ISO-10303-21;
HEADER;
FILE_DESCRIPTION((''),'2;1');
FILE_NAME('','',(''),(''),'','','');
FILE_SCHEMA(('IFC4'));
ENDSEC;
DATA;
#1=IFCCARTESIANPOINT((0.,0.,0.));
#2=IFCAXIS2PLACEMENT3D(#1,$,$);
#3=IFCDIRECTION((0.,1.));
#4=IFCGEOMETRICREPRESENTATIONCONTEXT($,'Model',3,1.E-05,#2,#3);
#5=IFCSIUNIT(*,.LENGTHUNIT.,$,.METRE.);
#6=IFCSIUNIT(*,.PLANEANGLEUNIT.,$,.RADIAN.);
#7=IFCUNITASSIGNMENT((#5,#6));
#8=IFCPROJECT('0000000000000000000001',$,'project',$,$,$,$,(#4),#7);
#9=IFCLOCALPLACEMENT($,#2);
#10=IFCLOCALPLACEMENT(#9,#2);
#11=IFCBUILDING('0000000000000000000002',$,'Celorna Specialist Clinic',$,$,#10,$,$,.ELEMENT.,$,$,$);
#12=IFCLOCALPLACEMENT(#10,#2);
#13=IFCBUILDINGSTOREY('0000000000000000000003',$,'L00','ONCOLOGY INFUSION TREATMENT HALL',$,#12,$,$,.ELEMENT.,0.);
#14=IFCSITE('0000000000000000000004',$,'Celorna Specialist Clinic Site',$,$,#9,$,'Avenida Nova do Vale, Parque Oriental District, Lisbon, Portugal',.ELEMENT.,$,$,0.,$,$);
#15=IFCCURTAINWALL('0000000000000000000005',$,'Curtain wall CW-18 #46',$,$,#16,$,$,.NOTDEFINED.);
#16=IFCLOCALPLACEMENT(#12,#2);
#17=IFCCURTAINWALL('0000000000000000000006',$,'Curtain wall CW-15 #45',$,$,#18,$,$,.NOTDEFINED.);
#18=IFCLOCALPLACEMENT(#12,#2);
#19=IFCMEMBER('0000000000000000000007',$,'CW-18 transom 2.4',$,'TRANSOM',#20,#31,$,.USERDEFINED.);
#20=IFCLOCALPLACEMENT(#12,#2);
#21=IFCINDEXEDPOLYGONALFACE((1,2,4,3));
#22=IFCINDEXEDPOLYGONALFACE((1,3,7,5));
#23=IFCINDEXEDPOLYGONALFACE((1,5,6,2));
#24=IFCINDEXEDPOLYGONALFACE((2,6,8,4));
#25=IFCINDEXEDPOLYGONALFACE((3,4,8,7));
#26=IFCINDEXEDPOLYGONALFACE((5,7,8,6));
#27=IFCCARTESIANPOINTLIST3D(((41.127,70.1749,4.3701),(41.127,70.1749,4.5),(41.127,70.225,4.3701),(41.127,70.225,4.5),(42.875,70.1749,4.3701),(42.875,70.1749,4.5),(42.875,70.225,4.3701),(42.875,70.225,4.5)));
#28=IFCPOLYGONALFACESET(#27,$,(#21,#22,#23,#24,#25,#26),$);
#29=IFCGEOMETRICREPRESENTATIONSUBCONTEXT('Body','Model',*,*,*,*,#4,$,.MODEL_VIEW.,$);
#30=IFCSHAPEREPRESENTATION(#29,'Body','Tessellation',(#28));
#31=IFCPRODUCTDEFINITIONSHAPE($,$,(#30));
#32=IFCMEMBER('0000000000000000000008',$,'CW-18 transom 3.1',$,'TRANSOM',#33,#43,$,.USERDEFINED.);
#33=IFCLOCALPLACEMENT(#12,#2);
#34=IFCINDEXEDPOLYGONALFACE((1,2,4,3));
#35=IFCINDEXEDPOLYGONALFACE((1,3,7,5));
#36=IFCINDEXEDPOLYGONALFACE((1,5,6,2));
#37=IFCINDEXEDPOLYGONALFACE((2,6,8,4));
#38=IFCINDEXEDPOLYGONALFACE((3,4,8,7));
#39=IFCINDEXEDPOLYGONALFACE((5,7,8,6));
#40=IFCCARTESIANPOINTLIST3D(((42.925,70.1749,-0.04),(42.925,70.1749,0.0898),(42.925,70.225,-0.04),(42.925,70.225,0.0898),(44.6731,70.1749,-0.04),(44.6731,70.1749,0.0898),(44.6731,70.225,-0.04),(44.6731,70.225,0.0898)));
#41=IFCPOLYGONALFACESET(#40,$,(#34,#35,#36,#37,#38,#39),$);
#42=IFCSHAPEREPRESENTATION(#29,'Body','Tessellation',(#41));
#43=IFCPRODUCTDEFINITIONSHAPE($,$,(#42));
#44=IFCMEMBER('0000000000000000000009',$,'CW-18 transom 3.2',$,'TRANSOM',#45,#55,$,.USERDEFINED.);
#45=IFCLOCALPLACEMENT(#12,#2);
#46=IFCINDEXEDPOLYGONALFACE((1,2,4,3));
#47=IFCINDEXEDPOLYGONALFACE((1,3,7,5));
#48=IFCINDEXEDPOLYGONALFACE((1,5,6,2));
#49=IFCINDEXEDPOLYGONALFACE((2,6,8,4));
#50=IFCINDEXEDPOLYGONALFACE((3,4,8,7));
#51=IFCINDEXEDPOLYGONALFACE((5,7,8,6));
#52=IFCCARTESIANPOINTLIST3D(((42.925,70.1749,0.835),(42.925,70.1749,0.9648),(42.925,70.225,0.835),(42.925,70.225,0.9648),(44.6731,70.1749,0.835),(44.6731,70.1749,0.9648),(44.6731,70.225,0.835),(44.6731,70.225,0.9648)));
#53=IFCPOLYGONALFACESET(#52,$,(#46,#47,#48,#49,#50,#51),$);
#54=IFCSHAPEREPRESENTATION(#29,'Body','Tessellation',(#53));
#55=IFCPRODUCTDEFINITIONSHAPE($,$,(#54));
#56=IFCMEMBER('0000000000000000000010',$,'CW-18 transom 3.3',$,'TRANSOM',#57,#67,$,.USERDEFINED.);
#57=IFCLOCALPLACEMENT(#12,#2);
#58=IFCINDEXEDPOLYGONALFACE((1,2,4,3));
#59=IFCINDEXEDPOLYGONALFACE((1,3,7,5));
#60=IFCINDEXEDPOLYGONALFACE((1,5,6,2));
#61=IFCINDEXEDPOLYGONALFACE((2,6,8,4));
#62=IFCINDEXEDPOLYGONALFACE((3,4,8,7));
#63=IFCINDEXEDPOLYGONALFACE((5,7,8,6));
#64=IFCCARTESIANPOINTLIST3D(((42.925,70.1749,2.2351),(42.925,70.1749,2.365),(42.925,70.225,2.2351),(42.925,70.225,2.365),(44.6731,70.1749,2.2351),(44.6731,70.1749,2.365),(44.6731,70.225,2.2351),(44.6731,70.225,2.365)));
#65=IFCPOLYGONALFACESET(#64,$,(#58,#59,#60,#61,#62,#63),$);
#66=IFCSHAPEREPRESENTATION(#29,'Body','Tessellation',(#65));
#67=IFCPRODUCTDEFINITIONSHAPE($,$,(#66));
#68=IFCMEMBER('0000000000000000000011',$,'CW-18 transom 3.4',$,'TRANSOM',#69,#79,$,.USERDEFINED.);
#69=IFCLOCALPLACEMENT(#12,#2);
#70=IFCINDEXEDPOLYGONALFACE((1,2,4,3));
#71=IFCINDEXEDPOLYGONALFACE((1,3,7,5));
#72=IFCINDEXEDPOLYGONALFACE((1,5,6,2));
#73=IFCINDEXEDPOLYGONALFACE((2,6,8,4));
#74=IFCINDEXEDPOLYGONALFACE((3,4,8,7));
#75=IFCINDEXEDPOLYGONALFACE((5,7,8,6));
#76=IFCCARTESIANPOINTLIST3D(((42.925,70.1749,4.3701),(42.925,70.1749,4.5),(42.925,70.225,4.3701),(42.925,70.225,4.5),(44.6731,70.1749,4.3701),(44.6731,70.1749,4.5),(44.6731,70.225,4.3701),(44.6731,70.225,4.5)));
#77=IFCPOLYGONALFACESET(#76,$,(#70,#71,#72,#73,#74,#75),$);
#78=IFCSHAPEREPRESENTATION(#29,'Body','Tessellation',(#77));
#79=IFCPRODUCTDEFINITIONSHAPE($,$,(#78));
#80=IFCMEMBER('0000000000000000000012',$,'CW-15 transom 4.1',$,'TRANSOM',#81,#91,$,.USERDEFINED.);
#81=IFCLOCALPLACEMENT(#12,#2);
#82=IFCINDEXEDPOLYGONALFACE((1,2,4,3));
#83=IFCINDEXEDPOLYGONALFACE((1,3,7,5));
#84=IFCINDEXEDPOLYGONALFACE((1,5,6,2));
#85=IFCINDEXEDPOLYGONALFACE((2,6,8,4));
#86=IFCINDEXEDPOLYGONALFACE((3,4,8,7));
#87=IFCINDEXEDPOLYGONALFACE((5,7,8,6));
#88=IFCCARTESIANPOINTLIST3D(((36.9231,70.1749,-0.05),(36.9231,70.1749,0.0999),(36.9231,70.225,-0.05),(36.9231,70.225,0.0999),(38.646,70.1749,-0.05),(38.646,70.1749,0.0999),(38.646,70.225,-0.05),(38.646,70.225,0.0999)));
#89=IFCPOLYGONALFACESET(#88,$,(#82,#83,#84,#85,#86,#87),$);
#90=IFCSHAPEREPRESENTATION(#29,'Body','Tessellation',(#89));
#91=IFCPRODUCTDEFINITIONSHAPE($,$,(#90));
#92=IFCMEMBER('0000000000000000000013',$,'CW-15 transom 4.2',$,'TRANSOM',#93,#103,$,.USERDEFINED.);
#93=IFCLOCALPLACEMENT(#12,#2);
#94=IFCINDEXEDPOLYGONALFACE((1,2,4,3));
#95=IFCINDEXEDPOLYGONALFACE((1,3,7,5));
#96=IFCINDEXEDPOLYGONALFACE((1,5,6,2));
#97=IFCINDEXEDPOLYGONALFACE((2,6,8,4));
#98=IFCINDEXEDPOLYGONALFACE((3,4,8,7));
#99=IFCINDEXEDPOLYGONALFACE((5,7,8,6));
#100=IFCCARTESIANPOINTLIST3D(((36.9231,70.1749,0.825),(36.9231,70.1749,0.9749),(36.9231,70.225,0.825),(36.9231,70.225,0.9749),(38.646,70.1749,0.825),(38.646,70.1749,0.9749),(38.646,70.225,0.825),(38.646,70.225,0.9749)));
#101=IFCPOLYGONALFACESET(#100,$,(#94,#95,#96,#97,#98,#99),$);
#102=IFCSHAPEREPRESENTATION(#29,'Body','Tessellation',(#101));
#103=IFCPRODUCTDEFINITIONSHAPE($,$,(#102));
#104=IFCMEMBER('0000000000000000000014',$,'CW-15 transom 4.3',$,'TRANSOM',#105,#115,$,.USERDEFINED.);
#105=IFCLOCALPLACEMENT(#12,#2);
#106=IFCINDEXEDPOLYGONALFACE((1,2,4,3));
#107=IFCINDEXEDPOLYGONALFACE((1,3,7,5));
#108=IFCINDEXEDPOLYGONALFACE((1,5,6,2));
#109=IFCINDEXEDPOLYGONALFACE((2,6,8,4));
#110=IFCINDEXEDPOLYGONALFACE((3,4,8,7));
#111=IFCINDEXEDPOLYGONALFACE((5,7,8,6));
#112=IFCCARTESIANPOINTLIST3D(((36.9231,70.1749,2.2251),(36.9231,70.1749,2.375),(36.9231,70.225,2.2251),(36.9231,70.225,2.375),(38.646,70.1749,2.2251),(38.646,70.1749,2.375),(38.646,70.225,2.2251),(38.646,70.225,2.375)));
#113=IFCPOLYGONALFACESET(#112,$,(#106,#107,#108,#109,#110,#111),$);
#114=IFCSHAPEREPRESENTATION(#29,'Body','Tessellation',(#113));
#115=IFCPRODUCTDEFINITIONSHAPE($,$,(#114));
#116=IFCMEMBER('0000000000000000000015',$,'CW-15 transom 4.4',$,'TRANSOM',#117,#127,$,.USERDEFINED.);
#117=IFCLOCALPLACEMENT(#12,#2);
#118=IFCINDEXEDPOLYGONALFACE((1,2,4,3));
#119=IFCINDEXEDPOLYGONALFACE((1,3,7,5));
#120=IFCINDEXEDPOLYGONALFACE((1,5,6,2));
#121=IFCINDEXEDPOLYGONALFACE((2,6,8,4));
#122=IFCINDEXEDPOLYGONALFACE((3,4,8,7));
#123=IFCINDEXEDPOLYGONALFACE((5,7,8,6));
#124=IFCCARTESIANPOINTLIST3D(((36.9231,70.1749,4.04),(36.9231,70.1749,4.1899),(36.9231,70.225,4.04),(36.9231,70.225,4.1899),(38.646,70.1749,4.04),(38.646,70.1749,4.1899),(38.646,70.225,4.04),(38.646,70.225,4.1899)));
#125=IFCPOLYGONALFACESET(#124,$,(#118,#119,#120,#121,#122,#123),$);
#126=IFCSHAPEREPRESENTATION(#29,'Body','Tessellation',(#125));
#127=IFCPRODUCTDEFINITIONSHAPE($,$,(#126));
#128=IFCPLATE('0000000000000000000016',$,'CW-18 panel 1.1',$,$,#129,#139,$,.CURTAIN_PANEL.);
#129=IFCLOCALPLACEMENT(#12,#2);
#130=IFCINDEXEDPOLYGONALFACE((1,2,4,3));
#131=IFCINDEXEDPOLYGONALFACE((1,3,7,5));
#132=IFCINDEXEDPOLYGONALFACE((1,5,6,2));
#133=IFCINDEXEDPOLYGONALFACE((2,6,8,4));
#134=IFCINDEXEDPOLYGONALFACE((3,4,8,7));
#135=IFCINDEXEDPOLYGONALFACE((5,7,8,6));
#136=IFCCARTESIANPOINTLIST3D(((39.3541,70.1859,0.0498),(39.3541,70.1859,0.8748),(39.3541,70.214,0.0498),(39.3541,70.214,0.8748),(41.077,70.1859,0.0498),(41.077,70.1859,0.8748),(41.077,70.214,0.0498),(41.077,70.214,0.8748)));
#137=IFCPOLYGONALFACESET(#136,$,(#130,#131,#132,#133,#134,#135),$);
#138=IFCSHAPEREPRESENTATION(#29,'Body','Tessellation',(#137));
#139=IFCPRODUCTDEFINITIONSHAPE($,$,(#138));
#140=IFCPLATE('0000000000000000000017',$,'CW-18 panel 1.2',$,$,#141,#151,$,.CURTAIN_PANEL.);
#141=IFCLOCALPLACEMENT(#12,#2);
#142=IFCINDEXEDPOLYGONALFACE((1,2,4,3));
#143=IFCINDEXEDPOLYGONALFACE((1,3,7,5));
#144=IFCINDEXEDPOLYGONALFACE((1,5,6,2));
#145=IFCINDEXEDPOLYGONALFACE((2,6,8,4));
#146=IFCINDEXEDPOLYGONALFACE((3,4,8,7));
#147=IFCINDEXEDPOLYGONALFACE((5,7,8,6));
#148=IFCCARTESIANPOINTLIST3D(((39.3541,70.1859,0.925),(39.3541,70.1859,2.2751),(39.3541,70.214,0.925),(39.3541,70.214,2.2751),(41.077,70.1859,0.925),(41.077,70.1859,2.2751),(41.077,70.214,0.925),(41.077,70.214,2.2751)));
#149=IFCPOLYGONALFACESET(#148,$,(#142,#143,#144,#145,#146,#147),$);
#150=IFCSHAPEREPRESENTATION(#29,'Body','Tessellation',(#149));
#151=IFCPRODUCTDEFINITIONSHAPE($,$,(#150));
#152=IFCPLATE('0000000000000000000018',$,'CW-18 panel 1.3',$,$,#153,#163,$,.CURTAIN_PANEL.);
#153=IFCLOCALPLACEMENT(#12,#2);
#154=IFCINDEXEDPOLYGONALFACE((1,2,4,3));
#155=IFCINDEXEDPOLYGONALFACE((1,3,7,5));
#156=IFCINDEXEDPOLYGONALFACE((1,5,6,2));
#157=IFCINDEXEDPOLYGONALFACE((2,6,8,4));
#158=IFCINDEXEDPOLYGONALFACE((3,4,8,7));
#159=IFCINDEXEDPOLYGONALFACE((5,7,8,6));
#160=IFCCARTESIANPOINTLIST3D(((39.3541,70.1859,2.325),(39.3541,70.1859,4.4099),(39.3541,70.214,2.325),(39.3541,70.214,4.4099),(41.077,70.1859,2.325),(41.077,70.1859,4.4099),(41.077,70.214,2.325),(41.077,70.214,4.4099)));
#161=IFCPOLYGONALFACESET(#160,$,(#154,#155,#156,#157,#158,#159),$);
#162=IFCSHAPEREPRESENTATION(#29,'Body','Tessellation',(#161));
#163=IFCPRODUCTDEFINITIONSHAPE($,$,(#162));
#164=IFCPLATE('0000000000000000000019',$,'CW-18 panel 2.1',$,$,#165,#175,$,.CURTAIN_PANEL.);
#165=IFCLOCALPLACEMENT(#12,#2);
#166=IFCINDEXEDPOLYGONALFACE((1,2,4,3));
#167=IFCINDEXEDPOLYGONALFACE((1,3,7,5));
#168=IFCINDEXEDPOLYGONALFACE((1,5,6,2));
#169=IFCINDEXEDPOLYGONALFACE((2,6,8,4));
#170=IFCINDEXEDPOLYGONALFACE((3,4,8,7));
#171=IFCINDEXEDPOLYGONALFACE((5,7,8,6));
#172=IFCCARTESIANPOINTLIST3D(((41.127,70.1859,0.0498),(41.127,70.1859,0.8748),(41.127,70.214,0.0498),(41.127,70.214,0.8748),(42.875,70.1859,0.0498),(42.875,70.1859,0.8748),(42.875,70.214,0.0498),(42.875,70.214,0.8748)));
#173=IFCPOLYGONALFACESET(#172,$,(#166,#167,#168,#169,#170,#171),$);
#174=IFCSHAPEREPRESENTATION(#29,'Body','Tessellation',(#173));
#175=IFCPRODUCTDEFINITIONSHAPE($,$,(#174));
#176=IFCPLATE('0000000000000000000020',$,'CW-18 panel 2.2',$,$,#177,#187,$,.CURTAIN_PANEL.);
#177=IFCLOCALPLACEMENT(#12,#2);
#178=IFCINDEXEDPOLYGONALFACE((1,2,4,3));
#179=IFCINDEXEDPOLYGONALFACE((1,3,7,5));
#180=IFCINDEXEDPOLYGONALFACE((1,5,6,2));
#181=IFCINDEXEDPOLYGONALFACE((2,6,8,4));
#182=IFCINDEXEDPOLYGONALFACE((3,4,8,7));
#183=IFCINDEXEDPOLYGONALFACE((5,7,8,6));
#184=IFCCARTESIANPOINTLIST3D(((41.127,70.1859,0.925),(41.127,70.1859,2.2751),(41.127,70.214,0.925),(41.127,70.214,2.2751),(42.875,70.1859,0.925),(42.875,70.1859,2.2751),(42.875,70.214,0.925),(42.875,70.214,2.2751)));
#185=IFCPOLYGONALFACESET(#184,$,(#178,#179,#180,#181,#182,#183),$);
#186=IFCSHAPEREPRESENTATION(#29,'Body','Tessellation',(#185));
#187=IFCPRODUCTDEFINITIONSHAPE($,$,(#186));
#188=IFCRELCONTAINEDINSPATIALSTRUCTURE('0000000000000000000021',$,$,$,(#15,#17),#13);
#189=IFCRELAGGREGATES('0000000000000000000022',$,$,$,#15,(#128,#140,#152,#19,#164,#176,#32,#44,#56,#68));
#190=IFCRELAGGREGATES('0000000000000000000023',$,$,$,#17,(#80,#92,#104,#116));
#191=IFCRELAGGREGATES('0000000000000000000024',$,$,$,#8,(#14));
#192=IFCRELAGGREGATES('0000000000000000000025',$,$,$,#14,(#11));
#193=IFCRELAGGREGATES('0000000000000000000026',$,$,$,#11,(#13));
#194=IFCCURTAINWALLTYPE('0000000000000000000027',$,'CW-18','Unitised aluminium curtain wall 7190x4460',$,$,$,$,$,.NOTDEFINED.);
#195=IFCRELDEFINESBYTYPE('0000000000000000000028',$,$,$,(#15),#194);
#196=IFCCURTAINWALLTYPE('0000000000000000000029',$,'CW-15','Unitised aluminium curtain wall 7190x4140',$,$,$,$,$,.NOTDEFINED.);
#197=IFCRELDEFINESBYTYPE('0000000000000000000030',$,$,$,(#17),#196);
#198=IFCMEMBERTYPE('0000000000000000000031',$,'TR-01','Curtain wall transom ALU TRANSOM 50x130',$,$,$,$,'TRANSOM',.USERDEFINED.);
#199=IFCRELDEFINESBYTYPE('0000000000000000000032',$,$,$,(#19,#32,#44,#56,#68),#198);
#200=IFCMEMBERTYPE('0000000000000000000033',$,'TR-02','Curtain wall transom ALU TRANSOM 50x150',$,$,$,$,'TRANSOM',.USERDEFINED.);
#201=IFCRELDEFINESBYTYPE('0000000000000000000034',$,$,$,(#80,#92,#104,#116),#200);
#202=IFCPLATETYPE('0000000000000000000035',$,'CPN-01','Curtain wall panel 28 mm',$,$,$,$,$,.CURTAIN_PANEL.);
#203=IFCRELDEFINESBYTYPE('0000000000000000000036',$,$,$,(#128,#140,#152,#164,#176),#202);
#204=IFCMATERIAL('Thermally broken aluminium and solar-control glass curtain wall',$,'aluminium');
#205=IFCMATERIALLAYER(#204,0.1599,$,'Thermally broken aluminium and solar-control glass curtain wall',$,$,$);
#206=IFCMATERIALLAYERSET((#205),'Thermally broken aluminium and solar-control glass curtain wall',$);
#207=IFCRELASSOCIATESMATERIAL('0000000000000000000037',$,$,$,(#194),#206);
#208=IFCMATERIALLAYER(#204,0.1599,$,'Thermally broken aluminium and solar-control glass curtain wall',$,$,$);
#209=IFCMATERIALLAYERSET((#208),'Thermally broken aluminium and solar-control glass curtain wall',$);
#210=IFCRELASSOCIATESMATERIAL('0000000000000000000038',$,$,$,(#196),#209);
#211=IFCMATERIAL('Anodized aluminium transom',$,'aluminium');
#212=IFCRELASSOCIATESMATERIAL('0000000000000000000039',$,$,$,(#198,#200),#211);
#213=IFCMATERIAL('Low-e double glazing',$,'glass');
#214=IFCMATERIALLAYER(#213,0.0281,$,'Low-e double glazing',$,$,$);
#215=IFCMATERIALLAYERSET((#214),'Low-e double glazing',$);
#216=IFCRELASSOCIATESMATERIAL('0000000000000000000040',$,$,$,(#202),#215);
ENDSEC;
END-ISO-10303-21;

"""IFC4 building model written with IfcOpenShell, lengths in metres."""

from ifc_helpers import new_model, si_unit, direction, frame, origin, origin_2d, place, context, subcontext, project, spatial, rectangle, extrude, material, layer, layer_set, material_profile, profile_set, type_object, element, aggregate, save


model = new_model("IFC4")

# Units and contexts
model_context = context("Model", 3, precision=1e-05, world=origin(), true_north=direction((0.0, 1.0)))
body_context = subcontext(model_context, "Body", "Model", "MODEL_VIEW")
ifc_project = project(units=[si_unit("LENGTHUNIT", "METRE"), si_unit("PLANEANGLEUNIT", "RADIAN")], contexts=[model_context])

# Site, building, storey
site_placement = place(None, origin())
site = spatial("IfcSite", under=ifc_project, at=site_placement, Name="Celorna Specialist Clinic Site", LongName="Avenida Nova do Vale, Parque Oriental District, Lisbon, Portugal", CompositionType="ELEMENT", RefElevation=0.0)
building_placement = place(site_placement, origin())
building = spatial("IfcBuilding", under=site, at=building_placement, Name="Celorna Specialist Clinic", CompositionType="ELEMENT")
storey_placement = place(building_placement, origin())
storey = spatial("IfcBuildingStorey", under=building, at=storey_placement, Name="L00", Description="ONCOLOGY INFUSION TREATMENT HALL", CompositionType="ELEMENT", Elevation=0.0)

# Curtain walls
ifc_material_1 = material(Name="Thermally broken aluminium and solar-control glass curtain wall", Category="aluminium")
ifc_layer_1 = layer(ifc_material_1, 0.1599, Name="Thermally broken aluminium and solar-control glass curtain wall")
ifc_layer_set_1 = layer_set([ifc_layer_1], Name="Thermally broken aluminium and solar-control glass curtain wall")
curtain_wall_type_1 = type_object("IfcCurtainWallType", Name="CW-18", Description="Unitised aluminium curtain wall 7190x4460", PredefinedType="NOTDEFINED", material=ifc_layer_set_1)
curtain_wall_1_placement = place(storey_placement, origin())
curtain_wall_1 = element("IfcCurtainWall", 1, at=curtain_wall_1_placement, inside=storey, type_object=curtain_wall_type_1, Name="Curtain wall CW-18 #46", PredefinedType="NOTDEFINED")
ifc_layer_2 = layer(ifc_material_1, 0.1599, Name="Thermally broken aluminium and solar-control glass curtain wall")
ifc_layer_set_2 = layer_set([ifc_layer_2], Name="Thermally broken aluminium and solar-control glass curtain wall")
curtain_wall_type_2 = type_object("IfcCurtainWallType", Name="CW-15", Description="Unitised aluminium curtain wall 7190x4140", PredefinedType="NOTDEFINED", material=ifc_layer_set_2)
curtain_wall_2_placement = place(storey_placement, origin())
curtain_wall_2 = element("IfcCurtainWall", 2, at=curtain_wall_2_placement, inside=storey, type_object=curtain_wall_type_2, Name="Curtain wall CW-15 #45", PredefinedType="NOTDEFINED")

# Members
ifc_material_2 = material(Name="Anodized aluminium transom", Category="aluminium")
ifc_material_profile_1 = material_profile(ifc_material_2, rectangle(XDim=0.05, YDim=0.1299, at=origin_2d()), Name="ALU TRANSOM 50x130")
ifc_profile_set_1 = profile_set([ifc_material_profile_1], Name="Anodized aluminium transom")
member_type_1 = type_object("IfcMemberType", Name="TR-01", Description="Curtain wall transom ALU TRANSOM 50x130", ElementType="TRANSOM", PredefinedType="USERDEFINED", material=ifc_profile_set_1)
member_1_placement = place(storey_placement, frame((41.127, 70.2, 4.4351), z_axis=(1.0, 0.0, 0.0), x_axis=(0.0, 1.0, 0.0)))
member_1 = element("IfcMember", 3, at=member_1_placement, type_object=member_type_1, Name="CW-18 transom 2.4", ObjectType="TRANSOM", PredefinedType="USERDEFINED", context=body_context, shape_type="SweptSolid", body=[
    extrude(rectangle(XDim=0.05, YDim=0.1299, at=origin_2d()), origin(), (0.0, 0.0, 1.0), 1.748),
])
member_2_placement = place(storey_placement, frame((42.925, 70.2, 0.0249), z_axis=(1.0, 0.0, 0.0), x_axis=(0.0, 1.0, 0.0)))
member_2 = element("IfcMember", 4, at=member_2_placement, type_object=member_type_1, Name="CW-18 transom 3.1", ObjectType="TRANSOM", PredefinedType="USERDEFINED", context=body_context, shape_type="SweptSolid", body=[
    extrude(rectangle(XDim=0.05, YDim=0.1299, at=origin_2d()), origin(), (0.0, 0.0, 1.0), 1.748),
])
member_3_placement = place(storey_placement, frame((42.925, 70.2, 0.8999), z_axis=(1.0, 0.0, 0.0), x_axis=(0.0, 1.0, 0.0)))
member_3 = element("IfcMember", 5, at=member_3_placement, type_object=member_type_1, Name="CW-18 transom 3.2", ObjectType="TRANSOM", PredefinedType="USERDEFINED", context=body_context, shape_type="SweptSolid", body=[
    extrude(rectangle(XDim=0.05, YDim=0.1299, at=origin_2d()), origin(), (0.0, 0.0, 1.0), 1.748),
])
member_4_placement = place(storey_placement, frame((42.925, 70.2, 2.3), z_axis=(1.0, 0.0, 0.0), x_axis=(0.0, 1.0, 0.0)))
member_4 = element("IfcMember", 6, at=member_4_placement, type_object=member_type_1, Name="CW-18 transom 3.3", ObjectType="TRANSOM", PredefinedType="USERDEFINED", context=body_context, shape_type="SweptSolid", body=[
    extrude(rectangle(XDim=0.05, YDim=0.1299, at=origin_2d()), origin(), (0.0, 0.0, 1.0), 1.748),
])
member_5_placement = place(storey_placement, frame((42.925, 70.2, 4.4351), z_axis=(1.0, 0.0, 0.0), x_axis=(0.0, 1.0, 0.0)))
member_5 = element("IfcMember", 7, at=member_5_placement, type_object=member_type_1, Name="CW-18 transom 3.4", ObjectType="TRANSOM", PredefinedType="USERDEFINED", context=body_context, shape_type="SweptSolid", body=[
    extrude(rectangle(XDim=0.05, YDim=0.1299, at=origin_2d()), origin(), (0.0, 0.0, 1.0), 1.748),
])
ifc_material_profile_2 = material_profile(ifc_material_2, rectangle(XDim=0.05, YDim=0.1499, at=origin_2d()), Name="ALU TRANSOM 50x150")
ifc_profile_set_2 = profile_set([ifc_material_profile_2], Name="Anodized aluminium transom")
member_type_2 = type_object("IfcMemberType", Name="TR-02", Description="Curtain wall transom ALU TRANSOM 50x150", ElementType="TRANSOM", PredefinedType="USERDEFINED", material=ifc_profile_set_2)
member_6_placement = place(storey_placement, frame((36.9231, 70.2, 0.0249), z_axis=(1.0, 0.0, 0.0), x_axis=(0.0, 1.0, 0.0)))
member_6 = element("IfcMember", 8, at=member_6_placement, type_object=member_type_2, Name="CW-15 transom 4.1", ObjectType="TRANSOM", PredefinedType="USERDEFINED", context=body_context, shape_type="SweptSolid", body=[
    extrude(rectangle(XDim=0.05, YDim=0.1499, at=origin_2d()), origin(), (0.0, 0.0, 1.0), 1.7229),
])
member_7_placement = place(storey_placement, frame((36.9231, 70.2, 0.8999), z_axis=(1.0, 0.0, 0.0), x_axis=(0.0, 1.0, 0.0)))
member_7 = element("IfcMember", 9, at=member_7_placement, type_object=member_type_2, Name="CW-15 transom 4.2", ObjectType="TRANSOM", PredefinedType="USERDEFINED", context=body_context, shape_type="SweptSolid", body=[
    extrude(rectangle(XDim=0.05, YDim=0.1499, at=origin_2d()), origin(), (0.0, 0.0, 1.0), 1.7229),
])
member_8_placement = place(storey_placement, frame((36.9231, 70.2, 2.3), z_axis=(1.0, 0.0, 0.0), x_axis=(0.0, 1.0, 0.0)))
member_8 = element("IfcMember", 10, at=member_8_placement, type_object=member_type_2, Name="CW-15 transom 4.3", ObjectType="TRANSOM", PredefinedType="USERDEFINED", context=body_context, shape_type="SweptSolid", body=[
    extrude(rectangle(XDim=0.05, YDim=0.1499, at=origin_2d()), origin(), (0.0, 0.0, 1.0), 1.7229),
])
member_9_placement = place(storey_placement, frame((36.9231, 70.2, 4.115), z_axis=(1.0, 0.0, 0.0), x_axis=(0.0, 1.0, 0.0)))
member_9 = element("IfcMember", 11, at=member_9_placement, type_object=member_type_2, Name="CW-15 transom 4.4", ObjectType="TRANSOM", PredefinedType="USERDEFINED", context=body_context, shape_type="SweptSolid", body=[
    extrude(rectangle(XDim=0.05, YDim=0.1499, at=origin_2d()), origin(), (0.0, 0.0, 1.0), 1.7229),
])

# Plates
ifc_material_3 = material(Name="Low-e double glazing", Category="glass")
ifc_layer_3 = layer(ifc_material_3, 0.0281, Name="Low-e double glazing")
ifc_layer_set_3 = layer_set([ifc_layer_3], Name="Low-e double glazing")
plate_type_1 = type_object("IfcPlateType", Name="CPN-01", Description="Curtain wall panel 28 mm", PredefinedType="CURTAIN_PANEL", material=ifc_layer_set_3)
plate_1_placement = place(storey_placement, frame((40.2156, 70.2, 0.0498), z_axis=(0.0, 0.0, 1.0), x_axis=(1.0, 0.0, 0.0)))
plate_1 = element("IfcPlate", 12, at=plate_1_placement, type_object=plate_type_1, Name="CW-18 panel 1.1", PredefinedType="CURTAIN_PANEL", context=body_context, shape_type="SweptSolid", body=[
    extrude(rectangle(XDim=1.7229, YDim=0.0281, at=origin_2d()), origin(), (0.0, 0.0, 1.0), 0.825),
])
plate_2_placement = place(storey_placement, frame((40.2156, 70.2, 0.925), z_axis=(0.0, 0.0, 1.0), x_axis=(1.0, 0.0, 0.0)))
plate_2 = element("IfcPlate", 13, at=plate_2_placement, type_object=plate_type_1, Name="CW-18 panel 1.2", PredefinedType="CURTAIN_PANEL", context=body_context, shape_type="SweptSolid", body=[
    extrude(rectangle(XDim=1.7229, YDim=0.0281, at=origin_2d()), origin(), (0.0, 0.0, 1.0), 1.3501),
])
plate_3_placement = place(storey_placement, frame((40.2156, 70.2, 2.325), z_axis=(0.0, 0.0, 1.0), x_axis=(1.0, 0.0, 0.0)))
plate_3 = element("IfcPlate", 14, at=plate_3_placement, type_object=plate_type_1, Name="CW-18 panel 1.3", PredefinedType="CURTAIN_PANEL", context=body_context, shape_type="SweptSolid", body=[
    extrude(rectangle(XDim=1.7229, YDim=0.0281, at=origin_2d()), origin(), (0.0, 0.0, 1.0), 2.085),
])
plate_4_placement = place(storey_placement, frame((42.001, 70.2, 0.0498), z_axis=(0.0, 0.0, 1.0), x_axis=(1.0, 0.0, 0.0)))
plate_4 = element("IfcPlate", 15, at=plate_4_placement, type_object=plate_type_1, Name="CW-18 panel 2.1", PredefinedType="CURTAIN_PANEL", context=body_context, shape_type="SweptSolid", body=[
    extrude(rectangle(XDim=1.748, YDim=0.0281, at=origin_2d()), origin(), (0.0, 0.0, 1.0), 0.825),
])
plate_5_placement = place(storey_placement, frame((42.001, 70.2, 0.925), z_axis=(0.0, 0.0, 1.0), x_axis=(1.0, 0.0, 0.0)))
plate_5 = element("IfcPlate", 16, at=plate_5_placement, type_object=plate_type_1, Name="CW-18 panel 2.2", PredefinedType="CURTAIN_PANEL", context=body_context, shape_type="SweptSolid", body=[
    extrude(rectangle(XDim=1.748, YDim=0.0281, at=origin_2d()), origin(), (0.0, 0.0, 1.0), 1.3501),
])
aggregate(curtain_wall_1, [plate_1, plate_2, plate_3, member_1, plate_4, plate_5, member_2, member_3, member_4, member_5])
aggregate(curtain_wall_2, [member_6, member_7, member_8, member_9])

save(model, "model.ifc")
